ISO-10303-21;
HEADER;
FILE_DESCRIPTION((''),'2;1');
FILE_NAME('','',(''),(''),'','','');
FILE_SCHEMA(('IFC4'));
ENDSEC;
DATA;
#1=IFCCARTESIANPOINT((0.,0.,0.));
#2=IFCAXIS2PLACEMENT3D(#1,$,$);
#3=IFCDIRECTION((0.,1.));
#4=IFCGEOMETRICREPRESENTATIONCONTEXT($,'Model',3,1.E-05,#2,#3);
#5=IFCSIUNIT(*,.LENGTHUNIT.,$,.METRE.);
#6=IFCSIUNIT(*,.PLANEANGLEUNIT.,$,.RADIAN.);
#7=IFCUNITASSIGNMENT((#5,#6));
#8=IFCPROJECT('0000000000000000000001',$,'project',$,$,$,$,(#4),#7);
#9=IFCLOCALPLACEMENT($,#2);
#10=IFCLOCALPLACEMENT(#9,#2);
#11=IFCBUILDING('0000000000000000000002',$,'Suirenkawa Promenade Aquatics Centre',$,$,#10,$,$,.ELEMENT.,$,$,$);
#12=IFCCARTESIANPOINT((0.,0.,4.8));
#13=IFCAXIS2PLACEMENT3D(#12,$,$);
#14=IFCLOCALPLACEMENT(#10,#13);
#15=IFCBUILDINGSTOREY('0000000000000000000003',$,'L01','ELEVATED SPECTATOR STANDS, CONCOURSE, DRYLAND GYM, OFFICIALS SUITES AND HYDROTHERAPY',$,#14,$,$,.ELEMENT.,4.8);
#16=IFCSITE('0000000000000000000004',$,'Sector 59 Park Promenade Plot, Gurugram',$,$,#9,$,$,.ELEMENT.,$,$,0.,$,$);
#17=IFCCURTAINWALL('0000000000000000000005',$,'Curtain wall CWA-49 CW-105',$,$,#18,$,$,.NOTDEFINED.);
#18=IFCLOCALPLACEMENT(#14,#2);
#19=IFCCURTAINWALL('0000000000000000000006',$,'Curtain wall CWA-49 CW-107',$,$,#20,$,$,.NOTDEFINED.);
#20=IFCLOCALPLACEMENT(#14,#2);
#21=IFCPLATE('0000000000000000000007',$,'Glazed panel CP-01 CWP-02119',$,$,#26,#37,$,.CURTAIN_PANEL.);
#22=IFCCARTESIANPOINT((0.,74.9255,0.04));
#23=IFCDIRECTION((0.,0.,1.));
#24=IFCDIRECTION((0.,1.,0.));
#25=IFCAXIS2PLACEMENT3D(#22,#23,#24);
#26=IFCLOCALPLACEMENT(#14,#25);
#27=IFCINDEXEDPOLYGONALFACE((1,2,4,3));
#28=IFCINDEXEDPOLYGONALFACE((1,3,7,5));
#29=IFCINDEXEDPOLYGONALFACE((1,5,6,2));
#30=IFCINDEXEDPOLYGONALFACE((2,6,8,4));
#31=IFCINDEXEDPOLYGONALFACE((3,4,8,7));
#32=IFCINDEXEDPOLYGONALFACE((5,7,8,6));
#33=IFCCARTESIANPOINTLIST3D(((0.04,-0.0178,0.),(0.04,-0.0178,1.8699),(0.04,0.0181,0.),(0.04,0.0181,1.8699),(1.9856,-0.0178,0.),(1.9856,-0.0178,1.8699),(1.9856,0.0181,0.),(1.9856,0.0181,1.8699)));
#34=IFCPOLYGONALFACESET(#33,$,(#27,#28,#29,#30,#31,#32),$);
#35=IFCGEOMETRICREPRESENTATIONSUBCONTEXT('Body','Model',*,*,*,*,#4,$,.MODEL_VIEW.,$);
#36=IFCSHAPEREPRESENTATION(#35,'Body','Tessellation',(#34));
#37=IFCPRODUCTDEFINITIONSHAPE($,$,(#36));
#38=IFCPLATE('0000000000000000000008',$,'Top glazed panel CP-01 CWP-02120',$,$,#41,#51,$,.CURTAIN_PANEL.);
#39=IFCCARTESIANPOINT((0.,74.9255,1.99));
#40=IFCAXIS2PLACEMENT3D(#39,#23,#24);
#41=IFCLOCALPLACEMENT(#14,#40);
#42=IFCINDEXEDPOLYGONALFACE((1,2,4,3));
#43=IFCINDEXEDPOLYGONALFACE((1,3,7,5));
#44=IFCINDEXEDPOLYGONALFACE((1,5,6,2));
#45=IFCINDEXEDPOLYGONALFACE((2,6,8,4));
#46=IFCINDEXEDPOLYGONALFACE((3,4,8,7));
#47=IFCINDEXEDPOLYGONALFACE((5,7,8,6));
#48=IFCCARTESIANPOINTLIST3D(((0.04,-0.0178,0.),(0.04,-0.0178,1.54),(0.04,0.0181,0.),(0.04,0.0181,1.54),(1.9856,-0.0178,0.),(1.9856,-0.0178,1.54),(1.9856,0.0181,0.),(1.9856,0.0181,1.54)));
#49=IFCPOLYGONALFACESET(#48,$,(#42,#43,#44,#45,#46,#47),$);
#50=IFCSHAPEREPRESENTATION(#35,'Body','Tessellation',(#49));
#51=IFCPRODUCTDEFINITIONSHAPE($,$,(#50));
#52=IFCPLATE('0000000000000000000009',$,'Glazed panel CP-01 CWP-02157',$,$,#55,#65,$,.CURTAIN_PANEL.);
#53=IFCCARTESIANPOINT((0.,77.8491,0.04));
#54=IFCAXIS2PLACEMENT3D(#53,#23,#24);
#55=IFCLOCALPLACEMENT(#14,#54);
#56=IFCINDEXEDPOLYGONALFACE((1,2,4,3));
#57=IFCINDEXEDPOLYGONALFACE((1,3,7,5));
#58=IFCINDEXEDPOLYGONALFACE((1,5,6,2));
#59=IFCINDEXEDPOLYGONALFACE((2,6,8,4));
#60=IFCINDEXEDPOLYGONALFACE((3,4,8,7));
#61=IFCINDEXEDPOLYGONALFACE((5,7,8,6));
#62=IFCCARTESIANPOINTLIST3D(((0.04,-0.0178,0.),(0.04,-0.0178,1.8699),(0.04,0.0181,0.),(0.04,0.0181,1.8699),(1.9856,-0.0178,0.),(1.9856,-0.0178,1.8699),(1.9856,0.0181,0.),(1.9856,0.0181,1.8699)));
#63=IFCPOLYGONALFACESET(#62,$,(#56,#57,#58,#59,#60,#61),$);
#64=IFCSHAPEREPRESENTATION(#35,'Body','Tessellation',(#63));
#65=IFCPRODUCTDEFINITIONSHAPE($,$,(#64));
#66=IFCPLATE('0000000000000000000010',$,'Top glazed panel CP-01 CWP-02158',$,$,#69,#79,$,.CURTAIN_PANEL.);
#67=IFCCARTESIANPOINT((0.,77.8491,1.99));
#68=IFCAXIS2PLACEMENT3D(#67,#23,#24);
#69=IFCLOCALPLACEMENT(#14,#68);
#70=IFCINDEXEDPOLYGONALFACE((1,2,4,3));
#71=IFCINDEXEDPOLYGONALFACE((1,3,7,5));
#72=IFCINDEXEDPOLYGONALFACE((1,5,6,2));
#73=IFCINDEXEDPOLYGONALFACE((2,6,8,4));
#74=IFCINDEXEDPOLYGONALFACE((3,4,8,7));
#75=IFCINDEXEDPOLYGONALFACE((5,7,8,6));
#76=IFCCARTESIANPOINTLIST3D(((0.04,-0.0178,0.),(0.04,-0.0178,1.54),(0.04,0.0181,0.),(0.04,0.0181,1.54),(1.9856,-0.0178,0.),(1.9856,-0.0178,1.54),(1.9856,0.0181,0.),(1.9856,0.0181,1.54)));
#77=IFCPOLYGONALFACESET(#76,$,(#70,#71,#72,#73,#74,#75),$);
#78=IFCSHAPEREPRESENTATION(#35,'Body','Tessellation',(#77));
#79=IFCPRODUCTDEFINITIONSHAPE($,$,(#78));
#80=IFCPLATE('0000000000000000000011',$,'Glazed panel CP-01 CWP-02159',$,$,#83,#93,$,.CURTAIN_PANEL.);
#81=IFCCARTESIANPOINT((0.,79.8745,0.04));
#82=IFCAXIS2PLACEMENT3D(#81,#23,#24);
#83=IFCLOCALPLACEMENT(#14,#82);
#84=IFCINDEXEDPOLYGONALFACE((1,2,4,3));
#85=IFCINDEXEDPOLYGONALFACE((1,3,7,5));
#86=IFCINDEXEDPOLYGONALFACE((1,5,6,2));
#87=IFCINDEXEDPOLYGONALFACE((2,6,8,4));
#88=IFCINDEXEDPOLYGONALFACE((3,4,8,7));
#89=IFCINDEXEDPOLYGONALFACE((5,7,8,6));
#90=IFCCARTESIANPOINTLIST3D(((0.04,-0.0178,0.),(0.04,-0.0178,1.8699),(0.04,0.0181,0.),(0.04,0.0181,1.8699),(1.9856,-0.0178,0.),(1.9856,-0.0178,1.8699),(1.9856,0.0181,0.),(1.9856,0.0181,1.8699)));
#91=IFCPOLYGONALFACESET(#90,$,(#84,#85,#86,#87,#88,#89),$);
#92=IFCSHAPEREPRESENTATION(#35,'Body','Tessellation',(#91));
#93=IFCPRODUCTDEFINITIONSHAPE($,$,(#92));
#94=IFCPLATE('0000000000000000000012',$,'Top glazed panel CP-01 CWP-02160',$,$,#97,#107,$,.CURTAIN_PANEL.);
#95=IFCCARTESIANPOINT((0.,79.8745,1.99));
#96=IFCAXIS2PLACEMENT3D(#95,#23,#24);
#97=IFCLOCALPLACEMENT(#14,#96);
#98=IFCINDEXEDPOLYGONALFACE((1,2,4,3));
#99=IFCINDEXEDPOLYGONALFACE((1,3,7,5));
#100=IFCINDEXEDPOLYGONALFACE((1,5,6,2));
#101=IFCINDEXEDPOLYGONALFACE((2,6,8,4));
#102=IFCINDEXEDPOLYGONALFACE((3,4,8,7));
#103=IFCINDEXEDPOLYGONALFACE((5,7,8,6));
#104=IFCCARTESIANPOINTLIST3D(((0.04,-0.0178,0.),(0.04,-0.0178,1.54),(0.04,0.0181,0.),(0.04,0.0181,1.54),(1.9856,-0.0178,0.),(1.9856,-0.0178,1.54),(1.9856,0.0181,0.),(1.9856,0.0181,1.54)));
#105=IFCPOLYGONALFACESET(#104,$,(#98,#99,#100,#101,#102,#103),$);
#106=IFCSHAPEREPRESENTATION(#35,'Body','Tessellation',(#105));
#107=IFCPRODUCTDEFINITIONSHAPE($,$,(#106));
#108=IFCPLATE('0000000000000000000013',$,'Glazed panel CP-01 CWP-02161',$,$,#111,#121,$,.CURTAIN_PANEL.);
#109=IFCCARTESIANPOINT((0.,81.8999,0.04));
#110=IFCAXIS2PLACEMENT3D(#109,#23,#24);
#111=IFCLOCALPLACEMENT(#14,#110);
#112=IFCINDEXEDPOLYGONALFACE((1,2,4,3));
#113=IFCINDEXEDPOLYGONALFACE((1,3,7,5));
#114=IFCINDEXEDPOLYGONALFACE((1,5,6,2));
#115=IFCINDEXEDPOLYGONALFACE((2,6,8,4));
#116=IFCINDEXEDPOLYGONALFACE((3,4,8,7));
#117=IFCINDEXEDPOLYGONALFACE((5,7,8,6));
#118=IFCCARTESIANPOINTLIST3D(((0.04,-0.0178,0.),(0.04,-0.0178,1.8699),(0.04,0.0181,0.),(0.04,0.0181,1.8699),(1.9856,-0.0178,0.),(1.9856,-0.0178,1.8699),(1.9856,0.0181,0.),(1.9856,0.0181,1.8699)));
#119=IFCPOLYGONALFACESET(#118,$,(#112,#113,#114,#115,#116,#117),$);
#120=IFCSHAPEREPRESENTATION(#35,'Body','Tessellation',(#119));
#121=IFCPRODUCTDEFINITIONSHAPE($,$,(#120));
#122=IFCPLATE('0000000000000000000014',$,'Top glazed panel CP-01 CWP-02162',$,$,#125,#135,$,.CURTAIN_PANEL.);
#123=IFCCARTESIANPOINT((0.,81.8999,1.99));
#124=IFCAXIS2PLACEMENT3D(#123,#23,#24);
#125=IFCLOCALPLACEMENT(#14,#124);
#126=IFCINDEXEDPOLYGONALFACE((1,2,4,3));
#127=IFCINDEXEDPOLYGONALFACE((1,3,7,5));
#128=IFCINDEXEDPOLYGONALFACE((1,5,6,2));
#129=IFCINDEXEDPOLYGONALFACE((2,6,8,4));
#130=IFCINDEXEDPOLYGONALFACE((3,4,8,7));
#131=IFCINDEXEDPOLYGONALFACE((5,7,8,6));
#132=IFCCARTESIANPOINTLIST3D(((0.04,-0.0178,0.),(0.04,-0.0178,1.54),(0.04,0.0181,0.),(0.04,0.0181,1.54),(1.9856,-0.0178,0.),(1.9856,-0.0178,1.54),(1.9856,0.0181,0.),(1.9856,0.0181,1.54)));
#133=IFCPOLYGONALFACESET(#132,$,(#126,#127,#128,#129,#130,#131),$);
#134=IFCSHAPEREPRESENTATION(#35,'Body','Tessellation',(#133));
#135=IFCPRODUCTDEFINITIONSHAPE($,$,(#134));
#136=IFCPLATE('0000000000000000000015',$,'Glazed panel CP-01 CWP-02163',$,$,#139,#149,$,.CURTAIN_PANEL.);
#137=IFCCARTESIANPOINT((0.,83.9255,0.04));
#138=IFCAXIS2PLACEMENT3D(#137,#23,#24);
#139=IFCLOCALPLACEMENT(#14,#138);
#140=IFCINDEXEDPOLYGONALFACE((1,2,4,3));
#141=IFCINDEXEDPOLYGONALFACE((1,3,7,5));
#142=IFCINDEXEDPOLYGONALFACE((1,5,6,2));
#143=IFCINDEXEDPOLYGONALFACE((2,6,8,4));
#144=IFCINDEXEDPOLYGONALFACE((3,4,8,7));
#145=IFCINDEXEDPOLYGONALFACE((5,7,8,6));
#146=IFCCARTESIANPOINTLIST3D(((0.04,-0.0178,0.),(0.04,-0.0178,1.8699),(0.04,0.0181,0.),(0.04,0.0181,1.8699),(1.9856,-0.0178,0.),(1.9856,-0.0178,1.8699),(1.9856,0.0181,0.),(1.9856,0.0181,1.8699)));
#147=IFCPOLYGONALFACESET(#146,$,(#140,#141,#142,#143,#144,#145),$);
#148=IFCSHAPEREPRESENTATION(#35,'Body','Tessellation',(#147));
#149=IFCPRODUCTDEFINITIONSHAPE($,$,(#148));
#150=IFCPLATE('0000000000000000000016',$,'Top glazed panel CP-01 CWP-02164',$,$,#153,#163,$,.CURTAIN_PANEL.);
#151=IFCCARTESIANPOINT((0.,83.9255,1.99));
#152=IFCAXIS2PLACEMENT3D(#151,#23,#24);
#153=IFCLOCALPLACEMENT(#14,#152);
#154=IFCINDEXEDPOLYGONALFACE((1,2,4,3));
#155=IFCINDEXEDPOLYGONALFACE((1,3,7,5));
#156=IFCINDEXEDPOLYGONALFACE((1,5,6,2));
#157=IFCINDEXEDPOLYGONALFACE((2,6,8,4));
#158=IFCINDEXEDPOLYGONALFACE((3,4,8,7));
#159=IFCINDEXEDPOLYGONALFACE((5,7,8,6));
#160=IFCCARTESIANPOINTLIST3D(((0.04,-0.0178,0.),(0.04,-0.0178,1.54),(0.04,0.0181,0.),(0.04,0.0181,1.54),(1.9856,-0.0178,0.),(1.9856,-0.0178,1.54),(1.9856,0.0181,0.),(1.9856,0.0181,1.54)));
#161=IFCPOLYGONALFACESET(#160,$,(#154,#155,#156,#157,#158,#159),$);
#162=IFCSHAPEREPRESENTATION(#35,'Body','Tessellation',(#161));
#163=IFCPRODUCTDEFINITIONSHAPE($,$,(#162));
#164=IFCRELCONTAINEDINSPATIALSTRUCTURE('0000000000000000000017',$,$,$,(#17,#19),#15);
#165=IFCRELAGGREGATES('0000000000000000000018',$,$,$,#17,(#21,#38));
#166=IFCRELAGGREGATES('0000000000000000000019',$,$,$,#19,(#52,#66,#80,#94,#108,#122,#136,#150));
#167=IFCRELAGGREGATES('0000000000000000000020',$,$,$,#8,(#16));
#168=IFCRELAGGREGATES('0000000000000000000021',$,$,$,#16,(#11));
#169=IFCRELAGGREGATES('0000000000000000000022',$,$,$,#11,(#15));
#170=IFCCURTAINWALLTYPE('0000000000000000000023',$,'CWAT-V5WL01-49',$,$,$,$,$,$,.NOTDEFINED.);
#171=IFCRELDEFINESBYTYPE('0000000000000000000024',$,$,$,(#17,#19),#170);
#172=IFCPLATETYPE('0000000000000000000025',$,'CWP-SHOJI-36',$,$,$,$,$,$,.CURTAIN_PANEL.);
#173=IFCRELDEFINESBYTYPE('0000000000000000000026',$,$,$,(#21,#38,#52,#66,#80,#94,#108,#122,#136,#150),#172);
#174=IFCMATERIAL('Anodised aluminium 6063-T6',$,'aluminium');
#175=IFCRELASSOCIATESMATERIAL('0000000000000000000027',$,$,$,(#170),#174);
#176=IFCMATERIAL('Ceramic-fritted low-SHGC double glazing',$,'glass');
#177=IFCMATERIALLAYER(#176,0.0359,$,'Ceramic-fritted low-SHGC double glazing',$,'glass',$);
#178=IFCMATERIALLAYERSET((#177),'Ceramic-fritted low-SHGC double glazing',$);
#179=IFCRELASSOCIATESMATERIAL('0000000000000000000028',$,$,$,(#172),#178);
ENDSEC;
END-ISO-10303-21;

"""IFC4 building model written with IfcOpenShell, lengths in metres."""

from ifc_helpers import new_model, si_unit, direction, frame, origin, place, context, subcontext, project, spatial, polyline, outline, extrude, material, layer, layer_set, type_object, element, aggregate, save


model = new_model("IFC4")

# Units and contexts
model_context = context("Model", 3, precision=1e-05, world=origin(), true_north=direction((0.0, 1.0)))
body_context = subcontext(model_context, "Body", "Model", "MODEL_VIEW")
ifc_project = project(units=[si_unit("LENGTHUNIT", "METRE"), si_unit("PLANEANGLEUNIT", "RADIAN")], contexts=[model_context])

# Site, building, storey
site_placement = place(None, origin())
site = spatial("IfcSite", under=ifc_project, at=site_placement, Name="Sector 59 Park Promenade Plot, Gurugram", CompositionType="ELEMENT", RefElevation=0.0)
building_placement = place(site_placement, origin())
building = spatial("IfcBuilding", under=site, at=building_placement, Name="Suirenkawa Promenade Aquatics Centre", CompositionType="ELEMENT")
storey_placement = place(building_placement, frame((0.0, 0.0, 4.8)))
storey = spatial("IfcBuildingStorey", under=building, at=storey_placement, Name="L01", Description="ELEVATED SPECTATOR STANDS, CONCOURSE, DRYLAND GYM, OFFICIALS SUITES AND HYDROTHERAPY", CompositionType="ELEMENT", Elevation=4.8)

# Curtain wall
ifc_material_1 = material(Name="Anodised aluminium 6063-T6", Category="aluminium")
curtain_wall_type_1 = type_object("IfcCurtainWallType", Name="CWAT-V5WL01-49", PredefinedType="NOTDEFINED", material=ifc_material_1)
curtain_wall_1_placement = place(storey_placement, origin())
curtain_wall_1 = element("IfcCurtainWall", 1, at=curtain_wall_1_placement, inside=storey, type_object=curtain_wall_type_1, Name="Curtain wall CWA-49 CW-105", PredefinedType="NOTDEFINED")

# Curtain wall
curtain_wall_2_placement = place(storey_placement, origin())
curtain_wall_2 = element("IfcCurtainWall", 2, at=curtain_wall_2_placement, inside=storey, type_object=curtain_wall_type_1, Name="Curtain wall CWA-49 CW-107", PredefinedType="NOTDEFINED")

# Plates
ifc_material_2 = material(Name="Ceramic-fritted low-SHGC double glazing", Category="glass")
ifc_layer = layer(ifc_material_2, 0.0359, Name="Ceramic-fritted low-SHGC double glazing", Category="glass")
ifc_layer_set = layer_set([ifc_layer], Name="Ceramic-fritted low-SHGC double glazing")
plate_type = type_object("IfcPlateType", Name="CWP-SHOJI-36", PredefinedType="CURTAIN_PANEL", material=ifc_layer_set)
plate_1_placement = place(storey_placement, frame((0.0, 74.9255, 0.04), z_axis=(0.0, 0.0, 1.0), x_axis=(0.0, 1.0, 0.0)))
plate_1 = element("IfcPlate", 3, at=plate_1_placement, type_object=plate_type, Name="Glazed panel CP-01 CWP-02119", PredefinedType="CURTAIN_PANEL", context=body_context, shape_type="SweptSolid", body=[
    extrude(outline(polyline([(0.04, 0.0), (1.9856, 0.0), (1.9856, 1.8699), (0.04, 1.8699), (0.04, 0.0)])), frame((0.0, 0.0181, 0.0), z_axis=(0.0, -1.0, 0.0), x_axis=(1.0, 0.0, 0.0)), (0.0, 0.0, 1.0), 0.0359),
])
plate_2_placement = place(storey_placement, frame((0.0, 74.9255, 1.99), z_axis=(0.0, 0.0, 1.0), x_axis=(0.0, 1.0, 0.0)))
plate_2 = element("IfcPlate", 4, at=plate_2_placement, type_object=plate_type, Name="Top glazed panel CP-01 CWP-02120", PredefinedType="CURTAIN_PANEL", context=body_context, shape_type="SweptSolid", body=[
    extrude(outline(polyline([(0.04, 0.0), (1.9856, 0.0), (1.9856, 1.54), (0.04, 1.54), (0.04, 0.0)])), frame((0.0, 0.0181, 0.0), z_axis=(0.0, -1.0, 0.0), x_axis=(1.0, 0.0, 0.0)), (0.0, 0.0, 1.0), 0.0359),
])
aggregate(curtain_wall_1, [plate_1, plate_2])
plate_3_placement = place(storey_placement, frame((0.0, 77.8491, 0.04), z_axis=(0.0, 0.0, 1.0), x_axis=(0.0, 1.0, 0.0)))
plate_3 = element("IfcPlate", 5, at=plate_3_placement, type_object=plate_type, Name="Glazed panel CP-01 CWP-02157", PredefinedType="CURTAIN_PANEL", context=body_context, shape_type="SweptSolid", body=[
    extrude(outline(polyline([(0.04, 0.0), (1.9856, 0.0), (1.9856, 1.8699), (0.04, 1.8699), (0.04, 0.0)])), frame((0.0, 0.0181, 0.0), z_axis=(0.0, -1.0, 0.0), x_axis=(1.0, 0.0, 0.0)), (0.0, 0.0, 1.0), 0.0359),
])
plate_4_placement = place(storey_placement, frame((0.0, 77.8491, 1.99), z_axis=(0.0, 0.0, 1.0), x_axis=(0.0, 1.0, 0.0)))
plate_4 = element("IfcPlate", 6, at=plate_4_placement, type_object=plate_type, Name="Top glazed panel CP-01 CWP-02158", PredefinedType="CURTAIN_PANEL", context=body_context, shape_type="SweptSolid", body=[
    extrude(outline(polyline([(0.04, 0.0), (1.9856, 0.0), (1.9856, 1.54), (0.04, 1.54), (0.04, 0.0)])), frame((0.0, 0.0181, 0.0), z_axis=(0.0, -1.0, 0.0), x_axis=(1.0, 0.0, 0.0)), (0.0, 0.0, 1.0), 0.0359),
])
plate_5_placement = place(storey_placement, frame((0.0, 79.8745, 0.04), z_axis=(0.0, 0.0, 1.0), x_axis=(0.0, 1.0, 0.0)))
plate_5 = element("IfcPlate", 7, at=plate_5_placement, type_object=plate_type, Name="Glazed panel CP-01 CWP-02159", PredefinedType="CURTAIN_PANEL", context=body_context, shape_type="SweptSolid", body=[
    extrude(outline(polyline([(0.04, 0.0), (1.9856, 0.0), (1.9856, 1.8699), (0.04, 1.8699), (0.04, 0.0)])), frame((0.0, 0.0181, 0.0), z_axis=(0.0, -1.0, 0.0), x_axis=(1.0, 0.0, 0.0)), (0.0, 0.0, 1.0), 0.0359),
])
plate_6_placement = place(storey_placement, frame((0.0, 79.8745, 1.99), z_axis=(0.0, 0.0, 1.0), x_axis=(0.0, 1.0, 0.0)))
plate_6 = element("IfcPlate", 8, at=plate_6_placement, type_object=plate_type, Name="Top glazed panel CP-01 CWP-02160", PredefinedType="CURTAIN_PANEL", context=body_context, shape_type="SweptSolid", body=[
    extrude(outline(polyline([(0.04, 0.0), (1.9856, 0.0), (1.9856, 1.54), (0.04, 1.54), (0.04, 0.0)])), frame((0.0, 0.0181, 0.0), z_axis=(0.0, -1.0, 0.0), x_axis=(1.0, 0.0, 0.0)), (0.0, 0.0, 1.0), 0.0359),
])
plate_7_placement = place(storey_placement, frame((0.0, 81.8999, 0.04), z_axis=(0.0, 0.0, 1.0), x_axis=(0.0, 1.0, 0.0)))
plate_7 = element("IfcPlate", 9, at=plate_7_placement, type_object=plate_type, Name="Glazed panel CP-01 CWP-02161", PredefinedType="CURTAIN_PANEL", context=body_context, shape_type="SweptSolid", body=[
    extrude(outline(polyline([(0.04, 0.0), (1.9856, 0.0), (1.9856, 1.8699), (0.04, 1.8699), (0.04, 0.0)])), frame((0.0, 0.0181, 0.0), z_axis=(0.0, -1.0, 0.0), x_axis=(1.0, 0.0, 0.0)), (0.0, 0.0, 1.0), 0.0359),
])
plate_8_placement = place(storey_placement, frame((0.0, 81.8999, 1.99), z_axis=(0.0, 0.0, 1.0), x_axis=(0.0, 1.0, 0.0)))
plate_8 = element("IfcPlate", 10, at=plate_8_placement, type_object=plate_type, Name="Top glazed panel CP-01 CWP-02162", PredefinedType="CURTAIN_PANEL", context=body_context, shape_type="SweptSolid", body=[
    extrude(outline(polyline([(0.04, 0.0), (1.9856, 0.0), (1.9856, 1.54), (0.04, 1.54), (0.04, 0.0)])), frame((0.0, 0.0181, 0.0), z_axis=(0.0, -1.0, 0.0), x_axis=(1.0, 0.0, 0.0)), (0.0, 0.0, 1.0), 0.0359),
])
plate_9_placement = place(storey_placement, frame((0.0, 83.9255, 0.04), z_axis=(0.0, 0.0, 1.0), x_axis=(0.0, 1.0, 0.0)))
plate_9 = element("IfcPlate", 11, at=plate_9_placement, type_object=plate_type, Name="Glazed panel CP-01 CWP-02163", PredefinedType="CURTAIN_PANEL", context=body_context, shape_type="SweptSolid", body=[
    extrude(outline(polyline([(0.04, 0.0), (1.9856, 0.0), (1.9856, 1.8699), (0.04, 1.8699), (0.04, 0.0)])), frame((0.0, 0.0181, 0.0), z_axis=(0.0, -1.0, 0.0), x_axis=(1.0, 0.0, 0.0)), (0.0, 0.0, 1.0), 0.0359),
])
plate_10_placement = place(storey_placement, frame((0.0, 83.9255, 1.99), z_axis=(0.0, 0.0, 1.0), x_axis=(0.0, 1.0, 0.0)))
plate_10 = element("IfcPlate", 12, at=plate_10_placement, type_object=plate_type, Name="Top glazed panel CP-01 CWP-02164", PredefinedType="CURTAIN_PANEL", context=body_context, shape_type="SweptSolid", body=[
    extrude(outline(polyline([(0.04, 0.0), (1.9856, 0.0), (1.9856, 1.54), (0.04, 1.54), (0.04, 0.0)])), frame((0.0, 0.0181, 0.0), z_axis=(0.0, -1.0, 0.0), x_axis=(1.0, 0.0, 0.0)), (0.0, 0.0, 1.0), 0.0359),
])
aggregate(curtain_wall_2, [plate_3, plate_4, plate_5, plate_6, plate_7, plate_8, plate_9, plate_10])

save(model, "model.ifc")
